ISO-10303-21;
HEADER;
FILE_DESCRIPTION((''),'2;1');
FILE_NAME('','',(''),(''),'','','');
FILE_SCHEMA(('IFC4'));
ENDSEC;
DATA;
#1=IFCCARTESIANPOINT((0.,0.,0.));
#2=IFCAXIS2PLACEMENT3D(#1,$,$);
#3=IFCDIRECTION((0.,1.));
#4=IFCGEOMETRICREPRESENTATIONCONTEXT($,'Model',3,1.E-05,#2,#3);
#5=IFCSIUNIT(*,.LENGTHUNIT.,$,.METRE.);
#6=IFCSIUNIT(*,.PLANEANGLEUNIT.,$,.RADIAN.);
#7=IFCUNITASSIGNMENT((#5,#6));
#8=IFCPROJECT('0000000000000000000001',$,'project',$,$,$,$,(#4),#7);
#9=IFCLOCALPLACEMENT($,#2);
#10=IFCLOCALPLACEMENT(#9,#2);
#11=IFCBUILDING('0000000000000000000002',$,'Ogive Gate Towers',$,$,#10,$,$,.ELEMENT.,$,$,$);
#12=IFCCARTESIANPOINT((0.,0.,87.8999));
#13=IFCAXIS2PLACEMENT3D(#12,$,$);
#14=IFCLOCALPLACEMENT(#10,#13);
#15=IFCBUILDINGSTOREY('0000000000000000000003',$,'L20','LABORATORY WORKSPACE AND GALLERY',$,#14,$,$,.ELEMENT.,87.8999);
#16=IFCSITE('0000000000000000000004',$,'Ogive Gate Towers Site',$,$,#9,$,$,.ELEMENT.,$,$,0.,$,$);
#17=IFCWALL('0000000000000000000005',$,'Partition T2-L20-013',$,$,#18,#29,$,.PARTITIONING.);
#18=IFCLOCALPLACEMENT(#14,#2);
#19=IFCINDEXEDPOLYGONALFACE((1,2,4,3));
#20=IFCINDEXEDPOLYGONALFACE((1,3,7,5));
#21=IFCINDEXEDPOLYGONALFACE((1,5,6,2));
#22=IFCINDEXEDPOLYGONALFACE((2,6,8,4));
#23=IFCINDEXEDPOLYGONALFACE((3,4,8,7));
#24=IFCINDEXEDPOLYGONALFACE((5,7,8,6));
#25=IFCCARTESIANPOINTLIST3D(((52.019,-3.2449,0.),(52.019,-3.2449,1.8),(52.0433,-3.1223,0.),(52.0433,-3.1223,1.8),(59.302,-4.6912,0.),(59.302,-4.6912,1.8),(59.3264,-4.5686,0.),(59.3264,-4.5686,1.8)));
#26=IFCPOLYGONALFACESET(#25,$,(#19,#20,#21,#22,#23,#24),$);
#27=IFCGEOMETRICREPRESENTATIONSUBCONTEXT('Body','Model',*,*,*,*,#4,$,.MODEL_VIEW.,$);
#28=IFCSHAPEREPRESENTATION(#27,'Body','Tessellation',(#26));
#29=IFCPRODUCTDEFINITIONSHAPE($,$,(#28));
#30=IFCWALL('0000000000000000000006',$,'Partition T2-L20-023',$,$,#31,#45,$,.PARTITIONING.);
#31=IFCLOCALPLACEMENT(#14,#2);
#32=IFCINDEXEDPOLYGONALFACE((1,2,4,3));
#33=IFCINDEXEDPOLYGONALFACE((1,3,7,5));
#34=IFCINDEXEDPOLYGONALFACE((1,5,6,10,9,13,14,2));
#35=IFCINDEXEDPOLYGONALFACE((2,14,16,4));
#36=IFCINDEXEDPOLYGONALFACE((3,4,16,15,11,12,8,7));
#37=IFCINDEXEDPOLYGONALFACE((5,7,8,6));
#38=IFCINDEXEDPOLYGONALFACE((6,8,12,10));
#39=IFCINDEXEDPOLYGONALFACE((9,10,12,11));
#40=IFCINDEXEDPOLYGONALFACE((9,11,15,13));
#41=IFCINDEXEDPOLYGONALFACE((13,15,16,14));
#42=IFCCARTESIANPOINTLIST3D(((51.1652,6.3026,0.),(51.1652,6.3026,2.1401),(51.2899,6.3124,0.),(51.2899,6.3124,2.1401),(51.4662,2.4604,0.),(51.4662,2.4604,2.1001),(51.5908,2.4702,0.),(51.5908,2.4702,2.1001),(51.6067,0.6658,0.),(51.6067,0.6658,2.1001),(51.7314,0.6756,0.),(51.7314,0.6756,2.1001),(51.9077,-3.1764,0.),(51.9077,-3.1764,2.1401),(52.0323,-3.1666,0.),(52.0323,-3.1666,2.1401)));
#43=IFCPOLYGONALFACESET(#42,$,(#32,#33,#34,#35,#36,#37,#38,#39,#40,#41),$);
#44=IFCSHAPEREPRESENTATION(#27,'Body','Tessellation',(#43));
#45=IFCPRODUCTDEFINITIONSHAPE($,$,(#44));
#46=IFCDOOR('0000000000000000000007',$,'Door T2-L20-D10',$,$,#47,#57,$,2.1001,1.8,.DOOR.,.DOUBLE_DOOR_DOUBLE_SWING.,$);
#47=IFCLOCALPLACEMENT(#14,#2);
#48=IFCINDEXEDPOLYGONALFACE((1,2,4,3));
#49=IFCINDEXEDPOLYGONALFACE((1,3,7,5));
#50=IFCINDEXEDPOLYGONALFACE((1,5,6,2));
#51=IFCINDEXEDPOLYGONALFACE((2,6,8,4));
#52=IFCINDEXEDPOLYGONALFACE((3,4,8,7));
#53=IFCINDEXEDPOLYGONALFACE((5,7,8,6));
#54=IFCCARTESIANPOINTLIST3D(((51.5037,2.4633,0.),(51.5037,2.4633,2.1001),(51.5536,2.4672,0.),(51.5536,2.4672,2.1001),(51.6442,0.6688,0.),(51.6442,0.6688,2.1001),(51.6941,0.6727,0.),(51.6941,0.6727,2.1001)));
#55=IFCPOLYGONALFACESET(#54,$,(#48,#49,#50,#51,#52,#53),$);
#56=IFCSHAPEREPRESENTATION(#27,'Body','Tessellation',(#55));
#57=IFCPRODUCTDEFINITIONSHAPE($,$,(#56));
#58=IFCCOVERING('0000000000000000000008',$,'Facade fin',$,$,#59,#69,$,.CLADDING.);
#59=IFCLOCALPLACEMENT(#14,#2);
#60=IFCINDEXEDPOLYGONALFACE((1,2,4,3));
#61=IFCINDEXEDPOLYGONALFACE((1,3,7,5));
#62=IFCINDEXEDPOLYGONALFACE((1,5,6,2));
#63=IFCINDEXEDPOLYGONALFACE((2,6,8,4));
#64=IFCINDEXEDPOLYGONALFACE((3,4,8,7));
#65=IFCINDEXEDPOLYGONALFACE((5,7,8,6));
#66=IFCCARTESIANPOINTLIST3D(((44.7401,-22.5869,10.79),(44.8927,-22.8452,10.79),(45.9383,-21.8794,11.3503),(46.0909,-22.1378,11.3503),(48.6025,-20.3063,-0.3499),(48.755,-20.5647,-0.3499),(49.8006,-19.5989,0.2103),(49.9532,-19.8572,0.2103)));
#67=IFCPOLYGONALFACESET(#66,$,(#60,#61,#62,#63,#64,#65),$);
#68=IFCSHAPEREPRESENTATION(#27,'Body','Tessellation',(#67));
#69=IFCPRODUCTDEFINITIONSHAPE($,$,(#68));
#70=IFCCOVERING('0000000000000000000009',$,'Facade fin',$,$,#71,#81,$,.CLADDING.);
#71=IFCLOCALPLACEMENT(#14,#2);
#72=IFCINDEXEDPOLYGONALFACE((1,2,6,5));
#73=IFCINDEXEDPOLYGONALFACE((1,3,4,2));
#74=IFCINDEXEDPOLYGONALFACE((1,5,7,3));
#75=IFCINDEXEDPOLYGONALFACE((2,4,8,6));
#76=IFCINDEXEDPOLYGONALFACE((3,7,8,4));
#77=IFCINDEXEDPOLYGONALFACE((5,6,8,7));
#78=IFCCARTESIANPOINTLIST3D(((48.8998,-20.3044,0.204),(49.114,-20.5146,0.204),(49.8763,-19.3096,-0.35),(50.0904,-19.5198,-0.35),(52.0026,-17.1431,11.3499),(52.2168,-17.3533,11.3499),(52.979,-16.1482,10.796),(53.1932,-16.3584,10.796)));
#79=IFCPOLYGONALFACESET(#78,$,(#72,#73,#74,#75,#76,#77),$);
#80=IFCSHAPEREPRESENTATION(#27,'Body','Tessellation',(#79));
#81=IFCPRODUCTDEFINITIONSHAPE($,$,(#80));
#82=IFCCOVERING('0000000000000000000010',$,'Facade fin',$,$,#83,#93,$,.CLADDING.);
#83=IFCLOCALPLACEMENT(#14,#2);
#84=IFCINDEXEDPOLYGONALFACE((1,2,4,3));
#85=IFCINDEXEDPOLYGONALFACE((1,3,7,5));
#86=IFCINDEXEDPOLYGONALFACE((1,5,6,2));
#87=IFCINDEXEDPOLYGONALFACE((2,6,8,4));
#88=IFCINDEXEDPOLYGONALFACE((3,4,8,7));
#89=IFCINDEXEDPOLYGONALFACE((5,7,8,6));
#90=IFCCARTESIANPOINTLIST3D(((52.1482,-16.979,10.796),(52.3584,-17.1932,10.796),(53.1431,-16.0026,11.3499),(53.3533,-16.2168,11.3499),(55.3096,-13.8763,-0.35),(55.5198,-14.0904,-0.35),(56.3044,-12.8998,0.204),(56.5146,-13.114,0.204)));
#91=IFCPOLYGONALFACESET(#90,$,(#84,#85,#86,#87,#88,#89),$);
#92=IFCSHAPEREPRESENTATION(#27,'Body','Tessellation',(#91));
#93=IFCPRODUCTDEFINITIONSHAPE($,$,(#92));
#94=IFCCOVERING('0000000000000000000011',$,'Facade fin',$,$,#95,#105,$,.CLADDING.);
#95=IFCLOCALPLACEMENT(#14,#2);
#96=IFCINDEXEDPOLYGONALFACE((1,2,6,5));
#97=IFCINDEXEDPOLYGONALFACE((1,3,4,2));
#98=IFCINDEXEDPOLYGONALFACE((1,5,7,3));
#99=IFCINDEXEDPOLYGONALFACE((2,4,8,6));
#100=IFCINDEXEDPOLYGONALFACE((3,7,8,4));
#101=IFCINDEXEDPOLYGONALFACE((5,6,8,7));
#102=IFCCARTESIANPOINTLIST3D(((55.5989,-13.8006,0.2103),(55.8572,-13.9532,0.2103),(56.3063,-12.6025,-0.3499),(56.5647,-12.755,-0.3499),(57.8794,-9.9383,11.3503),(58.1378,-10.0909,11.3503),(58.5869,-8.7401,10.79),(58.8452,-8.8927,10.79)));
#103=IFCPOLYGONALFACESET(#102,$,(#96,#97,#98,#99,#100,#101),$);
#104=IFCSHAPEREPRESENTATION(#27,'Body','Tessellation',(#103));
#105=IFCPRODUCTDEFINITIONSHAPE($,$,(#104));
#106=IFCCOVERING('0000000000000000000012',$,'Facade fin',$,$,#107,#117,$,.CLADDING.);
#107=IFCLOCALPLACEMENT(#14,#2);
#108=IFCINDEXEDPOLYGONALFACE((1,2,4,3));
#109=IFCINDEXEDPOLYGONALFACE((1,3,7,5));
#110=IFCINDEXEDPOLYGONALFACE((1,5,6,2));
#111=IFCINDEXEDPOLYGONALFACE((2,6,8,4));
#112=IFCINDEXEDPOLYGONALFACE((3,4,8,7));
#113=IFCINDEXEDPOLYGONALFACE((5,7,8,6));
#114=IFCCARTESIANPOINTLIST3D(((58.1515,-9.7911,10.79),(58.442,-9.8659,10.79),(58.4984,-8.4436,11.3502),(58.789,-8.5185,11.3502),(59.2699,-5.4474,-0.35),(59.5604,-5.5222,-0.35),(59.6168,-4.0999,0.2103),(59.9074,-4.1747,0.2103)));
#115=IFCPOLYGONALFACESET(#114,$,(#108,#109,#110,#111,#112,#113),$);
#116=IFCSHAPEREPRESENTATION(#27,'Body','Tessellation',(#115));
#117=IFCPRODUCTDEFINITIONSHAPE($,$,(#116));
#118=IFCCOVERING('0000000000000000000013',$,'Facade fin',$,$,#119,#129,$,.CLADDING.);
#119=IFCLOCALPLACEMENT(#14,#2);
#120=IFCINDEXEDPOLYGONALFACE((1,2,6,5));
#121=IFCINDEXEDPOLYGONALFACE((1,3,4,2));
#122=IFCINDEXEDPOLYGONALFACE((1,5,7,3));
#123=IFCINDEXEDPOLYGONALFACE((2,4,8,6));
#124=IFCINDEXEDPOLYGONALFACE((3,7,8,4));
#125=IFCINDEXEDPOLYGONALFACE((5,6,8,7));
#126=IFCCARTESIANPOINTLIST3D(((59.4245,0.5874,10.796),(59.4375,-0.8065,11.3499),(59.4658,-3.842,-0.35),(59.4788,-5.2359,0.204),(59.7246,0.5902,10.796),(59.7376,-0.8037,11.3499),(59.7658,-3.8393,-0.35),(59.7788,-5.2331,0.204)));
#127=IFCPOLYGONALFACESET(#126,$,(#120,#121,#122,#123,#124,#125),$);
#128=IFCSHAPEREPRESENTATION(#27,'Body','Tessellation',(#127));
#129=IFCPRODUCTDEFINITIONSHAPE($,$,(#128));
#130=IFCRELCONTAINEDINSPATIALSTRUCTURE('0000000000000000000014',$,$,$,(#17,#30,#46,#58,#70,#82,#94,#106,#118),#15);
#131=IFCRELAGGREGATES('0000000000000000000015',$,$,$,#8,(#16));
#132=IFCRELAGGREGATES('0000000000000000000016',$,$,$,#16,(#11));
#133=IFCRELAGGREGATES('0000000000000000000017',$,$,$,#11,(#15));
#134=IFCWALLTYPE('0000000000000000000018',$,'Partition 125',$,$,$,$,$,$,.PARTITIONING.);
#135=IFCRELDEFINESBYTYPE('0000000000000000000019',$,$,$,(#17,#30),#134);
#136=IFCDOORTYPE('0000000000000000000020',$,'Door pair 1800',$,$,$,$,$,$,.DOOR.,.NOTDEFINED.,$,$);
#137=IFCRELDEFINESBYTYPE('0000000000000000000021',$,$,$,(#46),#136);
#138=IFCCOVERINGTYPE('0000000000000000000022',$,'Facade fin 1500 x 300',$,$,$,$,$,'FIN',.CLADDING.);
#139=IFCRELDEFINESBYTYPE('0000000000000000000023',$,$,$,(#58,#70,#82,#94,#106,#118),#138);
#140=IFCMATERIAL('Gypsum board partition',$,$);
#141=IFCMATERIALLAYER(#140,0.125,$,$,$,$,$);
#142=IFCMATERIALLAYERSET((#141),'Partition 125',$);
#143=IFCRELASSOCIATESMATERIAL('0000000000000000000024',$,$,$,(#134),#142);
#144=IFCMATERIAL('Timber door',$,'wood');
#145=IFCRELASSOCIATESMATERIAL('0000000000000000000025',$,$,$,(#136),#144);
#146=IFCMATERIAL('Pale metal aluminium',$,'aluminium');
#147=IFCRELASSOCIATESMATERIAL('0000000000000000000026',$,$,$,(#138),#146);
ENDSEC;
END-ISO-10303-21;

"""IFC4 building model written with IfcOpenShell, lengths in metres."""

from ifc_helpers import new_model, si_unit, direction, frame, frame_2d, origin, origin_2d, place, context, subcontext, project, spatial, rectangle, extrude, material, layer, layer_set, material_profile, profile_set, type_object, element, fill, save


model = new_model("IFC4")

# Units and contexts
model_context = context("Model", 3, precision=1e-05, world=origin(), true_north=direction((0.0, 1.0)))
body_context = subcontext(model_context, "Body", "Model", "MODEL_VIEW")
ifc_project = project(units=[si_unit("LENGTHUNIT", "METRE"), si_unit("PLANEANGLEUNIT", "RADIAN")], contexts=[model_context])

# Site, building, storey
site_placement = place(None, origin())
site = spatial("IfcSite", under=ifc_project, at=site_placement, Name="Ogive Gate Towers Site", CompositionType="ELEMENT", RefElevation=0.0)
building_placement = place(site_placement, origin())
building = spatial("IfcBuilding", under=site, at=building_placement, Name="Ogive Gate Towers", CompositionType="ELEMENT")
storey_placement = place(building_placement, frame((0.0, 0.0, 87.8999)))
storey = spatial("IfcBuildingStorey", under=building, at=storey_placement, Name="L20", Description="LABORATORY WORKSPACE AND GALLERY", CompositionType="ELEMENT", Elevation=87.8999)

# Shared definitions
ifc_material_1 = material(Name="Pale metal aluminium", Category="aluminium")

# Wall
ifc_material_2 = material(Name="Gypsum board partition")
ifc_layer_1 = layer(ifc_material_2, 0.125)
ifc_layer_set_1 = layer_set([ifc_layer_1], Name="Partition 125")
wall_type = type_object("IfcWallType", Name="Partition 125", PredefinedType="PARTITIONING", material=ifc_layer_set_1)
wall_1_placement = place(storey_placement, frame((59.3142, -4.6299, 0.0), z_axis=(0.0, 0.0, 1.0), x_axis=(-0.980847, 0.194782, 0.0)))
element("IfcWall", 1, at=wall_1_placement, inside=storey, type_object=wall_type, Name="Partition T2-L20-013", PredefinedType="PARTITIONING", context=body_context, shape_type="SweptSolid", body=[
    extrude(rectangle(XDim=7.4253, YDim=0.125, at=frame_2d((3.7126, 0.0))), origin(), (0.0, 0.0, 1.0), 1.8),
])

# Wall, opening, door
wall_2_placement = place(storey_placement, frame((51.97, -3.1714, 0.0), z_axis=(0.0, 0.0, 1.0), x_axis=(-0.078085, 0.996947, 0.0)))
wall_2 = element("IfcWall", 2, at=wall_2_placement, inside=storey, type_object=wall_type, Name="Partition T2-L20-023", PredefinedType="PARTITIONING", context=body_context, shape_type="SweptSolid", body=[
    extrude(rectangle(XDim=9.5081, YDim=0.125, at=frame_2d((4.7539, 0.0))), origin(), (0.0, 0.0, 1.0), 2.1401),
])
opening_placement = place(wall_2_placement, frame((3.854, 0.0, 0.0)))
opening = element("IfcOpeningElement", 3, at=opening_placement, cuts=wall_2, PredefinedType="OPENING", context=body_context, shape_type="SweptSolid", body=[
    extrude(rectangle(XDim=1.8, YDim=2.1001, at=frame_2d((0.8999, 1.05))), frame((0.0, 0.0725, 0.0), z_axis=(0.0, -1.0, 0.0), x_axis=(1.0, 0.0, 0.0)), (0.0, 0.0, 1.0), 0.145),
])
ifc_material_3 = material(Name="Timber door", Category="wood")
door_type = type_object("IfcDoorType", Name="Door pair 1800", OperationType="NOTDEFINED", PredefinedType="DOOR", material=ifc_material_3)
door_placement = place(opening_placement, origin())
door = element("IfcDoor", 4, at=door_placement, inside=storey, type_object=door_type, Name="Door T2-L20-D10", OperationType="DOUBLE_DOOR_DOUBLE_SWING", OverallHeight=2.1001, OverallWidth=1.8, PredefinedType="DOOR", context=body_context, shape_type="SweptSolid", body=[
    extrude(rectangle(XDim=1.8, YDim=2.1001, at=frame_2d((0.8999, 1.05))), frame((0.0, 0.0249, 0.0), z_axis=(0.0, -1.0, 0.0), x_axis=(1.0, 0.0, 0.0)), (0.0, 0.0, 1.0), 0.05),
])
fill(opening, door)

# Coverings
ifc_material_profile_1 = material_profile(ifc_material_1, rectangle(XDim=0.3, YDim=1.5, at=origin_2d()), Name="1500 x 300 pale metal aluminium")
ifc_profile_set_1 = profile_set([ifc_material_profile_1], Name="Pale metal aluminium")
covering_type = type_object("IfcCoveringType", Name="Facade fin 1500 x 300", ElementType="FIN", PredefinedType="CLADDING", material=ifc_profile_set_1)
covering_1_placement = place(storey_placement, frame((49.2778, -20.0818, -0.0698), z_axis=(-0.321618, -0.189901, 0.927631), x_axis=(0.50844, -0.861098, 0.0)))
element("IfcCovering", 5, at=covering_1_placement, inside=storey, type_object=covering_type, Name="Facade fin", PredefinedType="CLADDING", context=body_context, shape_type="SweptSolid", body=[
    extrude(rectangle(XDim=0.3, YDim=1.5, at=origin_2d()), origin(), (0.0, 0.0, 1.0), 12.009),
])
for number, where, z_axis, x_axis, name in (
    (6, (49.4951, -19.9121, -0.073), (0.258696, 0.263581, 0.929302), (-0.71369, 0.700462, 0.0), "Facade fin"),
    (7, (55.9121, -13.4951, -0.073), (-0.263581, -0.258696, 0.929302), (0.700462, -0.71369, 0.0), "Facade fin"),
):
    element("IfcCovering", number, at=place(storey_placement, frame(where, z_axis=z_axis, x_axis=x_axis)), inside=storey, type_object=covering_type, Name=name, PredefinedType="CLADDING", context=body_context, shape_type="SweptSolid", body=[
        extrude(rectangle(XDim=0.3, YDim=1.5, at=origin_2d()), origin(), (0.0, 0.0, 1.0), 11.9939),
    ])
for number, where, z_axis, x_axis, name in (
    (8, (56.0818, -13.2778, -0.0698), (0.189901, 0.321618, 0.927631), (-0.861098, 0.50844, 0.0), "Facade fin"),
    (9, (59.5886, -4.811, -0.0698), (-0.093131, -0.361708, 0.927628), (0.968415, -0.249343, 0.0), "Facade fin"),
):
    element("IfcCovering", number, at=place(storey_placement, frame(where, z_axis=z_axis, x_axis=x_axis)), inside=storey, type_object=covering_type, Name=name, PredefinedType="CLADDING", context=body_context, shape_type="SweptSolid", body=[
        extrude(rectangle(XDim=0.3, YDim=1.5, at=origin_2d()), origin(), (0.0, 0.0, 1.0), 12.009),
    ])
covering_2_placement = place(storey_placement, frame((59.6223, -4.5376, -0.073), z_axis=(-0.00344, 0.369306, 0.929301), x_axis=(-0.999957, -0.009314, 0.0)))
element("IfcCovering", 10, at=covering_2_placement, inside=storey, type_object=covering_type, Name="Facade fin", PredefinedType="CLADDING", context=body_context, shape_type="SweptSolid", body=[
    extrude(rectangle(XDim=0.3, YDim=1.5, at=origin_2d()), origin(), (0.0, 0.0, 1.0), 11.9939),
])

save(model, "model.ifc")
